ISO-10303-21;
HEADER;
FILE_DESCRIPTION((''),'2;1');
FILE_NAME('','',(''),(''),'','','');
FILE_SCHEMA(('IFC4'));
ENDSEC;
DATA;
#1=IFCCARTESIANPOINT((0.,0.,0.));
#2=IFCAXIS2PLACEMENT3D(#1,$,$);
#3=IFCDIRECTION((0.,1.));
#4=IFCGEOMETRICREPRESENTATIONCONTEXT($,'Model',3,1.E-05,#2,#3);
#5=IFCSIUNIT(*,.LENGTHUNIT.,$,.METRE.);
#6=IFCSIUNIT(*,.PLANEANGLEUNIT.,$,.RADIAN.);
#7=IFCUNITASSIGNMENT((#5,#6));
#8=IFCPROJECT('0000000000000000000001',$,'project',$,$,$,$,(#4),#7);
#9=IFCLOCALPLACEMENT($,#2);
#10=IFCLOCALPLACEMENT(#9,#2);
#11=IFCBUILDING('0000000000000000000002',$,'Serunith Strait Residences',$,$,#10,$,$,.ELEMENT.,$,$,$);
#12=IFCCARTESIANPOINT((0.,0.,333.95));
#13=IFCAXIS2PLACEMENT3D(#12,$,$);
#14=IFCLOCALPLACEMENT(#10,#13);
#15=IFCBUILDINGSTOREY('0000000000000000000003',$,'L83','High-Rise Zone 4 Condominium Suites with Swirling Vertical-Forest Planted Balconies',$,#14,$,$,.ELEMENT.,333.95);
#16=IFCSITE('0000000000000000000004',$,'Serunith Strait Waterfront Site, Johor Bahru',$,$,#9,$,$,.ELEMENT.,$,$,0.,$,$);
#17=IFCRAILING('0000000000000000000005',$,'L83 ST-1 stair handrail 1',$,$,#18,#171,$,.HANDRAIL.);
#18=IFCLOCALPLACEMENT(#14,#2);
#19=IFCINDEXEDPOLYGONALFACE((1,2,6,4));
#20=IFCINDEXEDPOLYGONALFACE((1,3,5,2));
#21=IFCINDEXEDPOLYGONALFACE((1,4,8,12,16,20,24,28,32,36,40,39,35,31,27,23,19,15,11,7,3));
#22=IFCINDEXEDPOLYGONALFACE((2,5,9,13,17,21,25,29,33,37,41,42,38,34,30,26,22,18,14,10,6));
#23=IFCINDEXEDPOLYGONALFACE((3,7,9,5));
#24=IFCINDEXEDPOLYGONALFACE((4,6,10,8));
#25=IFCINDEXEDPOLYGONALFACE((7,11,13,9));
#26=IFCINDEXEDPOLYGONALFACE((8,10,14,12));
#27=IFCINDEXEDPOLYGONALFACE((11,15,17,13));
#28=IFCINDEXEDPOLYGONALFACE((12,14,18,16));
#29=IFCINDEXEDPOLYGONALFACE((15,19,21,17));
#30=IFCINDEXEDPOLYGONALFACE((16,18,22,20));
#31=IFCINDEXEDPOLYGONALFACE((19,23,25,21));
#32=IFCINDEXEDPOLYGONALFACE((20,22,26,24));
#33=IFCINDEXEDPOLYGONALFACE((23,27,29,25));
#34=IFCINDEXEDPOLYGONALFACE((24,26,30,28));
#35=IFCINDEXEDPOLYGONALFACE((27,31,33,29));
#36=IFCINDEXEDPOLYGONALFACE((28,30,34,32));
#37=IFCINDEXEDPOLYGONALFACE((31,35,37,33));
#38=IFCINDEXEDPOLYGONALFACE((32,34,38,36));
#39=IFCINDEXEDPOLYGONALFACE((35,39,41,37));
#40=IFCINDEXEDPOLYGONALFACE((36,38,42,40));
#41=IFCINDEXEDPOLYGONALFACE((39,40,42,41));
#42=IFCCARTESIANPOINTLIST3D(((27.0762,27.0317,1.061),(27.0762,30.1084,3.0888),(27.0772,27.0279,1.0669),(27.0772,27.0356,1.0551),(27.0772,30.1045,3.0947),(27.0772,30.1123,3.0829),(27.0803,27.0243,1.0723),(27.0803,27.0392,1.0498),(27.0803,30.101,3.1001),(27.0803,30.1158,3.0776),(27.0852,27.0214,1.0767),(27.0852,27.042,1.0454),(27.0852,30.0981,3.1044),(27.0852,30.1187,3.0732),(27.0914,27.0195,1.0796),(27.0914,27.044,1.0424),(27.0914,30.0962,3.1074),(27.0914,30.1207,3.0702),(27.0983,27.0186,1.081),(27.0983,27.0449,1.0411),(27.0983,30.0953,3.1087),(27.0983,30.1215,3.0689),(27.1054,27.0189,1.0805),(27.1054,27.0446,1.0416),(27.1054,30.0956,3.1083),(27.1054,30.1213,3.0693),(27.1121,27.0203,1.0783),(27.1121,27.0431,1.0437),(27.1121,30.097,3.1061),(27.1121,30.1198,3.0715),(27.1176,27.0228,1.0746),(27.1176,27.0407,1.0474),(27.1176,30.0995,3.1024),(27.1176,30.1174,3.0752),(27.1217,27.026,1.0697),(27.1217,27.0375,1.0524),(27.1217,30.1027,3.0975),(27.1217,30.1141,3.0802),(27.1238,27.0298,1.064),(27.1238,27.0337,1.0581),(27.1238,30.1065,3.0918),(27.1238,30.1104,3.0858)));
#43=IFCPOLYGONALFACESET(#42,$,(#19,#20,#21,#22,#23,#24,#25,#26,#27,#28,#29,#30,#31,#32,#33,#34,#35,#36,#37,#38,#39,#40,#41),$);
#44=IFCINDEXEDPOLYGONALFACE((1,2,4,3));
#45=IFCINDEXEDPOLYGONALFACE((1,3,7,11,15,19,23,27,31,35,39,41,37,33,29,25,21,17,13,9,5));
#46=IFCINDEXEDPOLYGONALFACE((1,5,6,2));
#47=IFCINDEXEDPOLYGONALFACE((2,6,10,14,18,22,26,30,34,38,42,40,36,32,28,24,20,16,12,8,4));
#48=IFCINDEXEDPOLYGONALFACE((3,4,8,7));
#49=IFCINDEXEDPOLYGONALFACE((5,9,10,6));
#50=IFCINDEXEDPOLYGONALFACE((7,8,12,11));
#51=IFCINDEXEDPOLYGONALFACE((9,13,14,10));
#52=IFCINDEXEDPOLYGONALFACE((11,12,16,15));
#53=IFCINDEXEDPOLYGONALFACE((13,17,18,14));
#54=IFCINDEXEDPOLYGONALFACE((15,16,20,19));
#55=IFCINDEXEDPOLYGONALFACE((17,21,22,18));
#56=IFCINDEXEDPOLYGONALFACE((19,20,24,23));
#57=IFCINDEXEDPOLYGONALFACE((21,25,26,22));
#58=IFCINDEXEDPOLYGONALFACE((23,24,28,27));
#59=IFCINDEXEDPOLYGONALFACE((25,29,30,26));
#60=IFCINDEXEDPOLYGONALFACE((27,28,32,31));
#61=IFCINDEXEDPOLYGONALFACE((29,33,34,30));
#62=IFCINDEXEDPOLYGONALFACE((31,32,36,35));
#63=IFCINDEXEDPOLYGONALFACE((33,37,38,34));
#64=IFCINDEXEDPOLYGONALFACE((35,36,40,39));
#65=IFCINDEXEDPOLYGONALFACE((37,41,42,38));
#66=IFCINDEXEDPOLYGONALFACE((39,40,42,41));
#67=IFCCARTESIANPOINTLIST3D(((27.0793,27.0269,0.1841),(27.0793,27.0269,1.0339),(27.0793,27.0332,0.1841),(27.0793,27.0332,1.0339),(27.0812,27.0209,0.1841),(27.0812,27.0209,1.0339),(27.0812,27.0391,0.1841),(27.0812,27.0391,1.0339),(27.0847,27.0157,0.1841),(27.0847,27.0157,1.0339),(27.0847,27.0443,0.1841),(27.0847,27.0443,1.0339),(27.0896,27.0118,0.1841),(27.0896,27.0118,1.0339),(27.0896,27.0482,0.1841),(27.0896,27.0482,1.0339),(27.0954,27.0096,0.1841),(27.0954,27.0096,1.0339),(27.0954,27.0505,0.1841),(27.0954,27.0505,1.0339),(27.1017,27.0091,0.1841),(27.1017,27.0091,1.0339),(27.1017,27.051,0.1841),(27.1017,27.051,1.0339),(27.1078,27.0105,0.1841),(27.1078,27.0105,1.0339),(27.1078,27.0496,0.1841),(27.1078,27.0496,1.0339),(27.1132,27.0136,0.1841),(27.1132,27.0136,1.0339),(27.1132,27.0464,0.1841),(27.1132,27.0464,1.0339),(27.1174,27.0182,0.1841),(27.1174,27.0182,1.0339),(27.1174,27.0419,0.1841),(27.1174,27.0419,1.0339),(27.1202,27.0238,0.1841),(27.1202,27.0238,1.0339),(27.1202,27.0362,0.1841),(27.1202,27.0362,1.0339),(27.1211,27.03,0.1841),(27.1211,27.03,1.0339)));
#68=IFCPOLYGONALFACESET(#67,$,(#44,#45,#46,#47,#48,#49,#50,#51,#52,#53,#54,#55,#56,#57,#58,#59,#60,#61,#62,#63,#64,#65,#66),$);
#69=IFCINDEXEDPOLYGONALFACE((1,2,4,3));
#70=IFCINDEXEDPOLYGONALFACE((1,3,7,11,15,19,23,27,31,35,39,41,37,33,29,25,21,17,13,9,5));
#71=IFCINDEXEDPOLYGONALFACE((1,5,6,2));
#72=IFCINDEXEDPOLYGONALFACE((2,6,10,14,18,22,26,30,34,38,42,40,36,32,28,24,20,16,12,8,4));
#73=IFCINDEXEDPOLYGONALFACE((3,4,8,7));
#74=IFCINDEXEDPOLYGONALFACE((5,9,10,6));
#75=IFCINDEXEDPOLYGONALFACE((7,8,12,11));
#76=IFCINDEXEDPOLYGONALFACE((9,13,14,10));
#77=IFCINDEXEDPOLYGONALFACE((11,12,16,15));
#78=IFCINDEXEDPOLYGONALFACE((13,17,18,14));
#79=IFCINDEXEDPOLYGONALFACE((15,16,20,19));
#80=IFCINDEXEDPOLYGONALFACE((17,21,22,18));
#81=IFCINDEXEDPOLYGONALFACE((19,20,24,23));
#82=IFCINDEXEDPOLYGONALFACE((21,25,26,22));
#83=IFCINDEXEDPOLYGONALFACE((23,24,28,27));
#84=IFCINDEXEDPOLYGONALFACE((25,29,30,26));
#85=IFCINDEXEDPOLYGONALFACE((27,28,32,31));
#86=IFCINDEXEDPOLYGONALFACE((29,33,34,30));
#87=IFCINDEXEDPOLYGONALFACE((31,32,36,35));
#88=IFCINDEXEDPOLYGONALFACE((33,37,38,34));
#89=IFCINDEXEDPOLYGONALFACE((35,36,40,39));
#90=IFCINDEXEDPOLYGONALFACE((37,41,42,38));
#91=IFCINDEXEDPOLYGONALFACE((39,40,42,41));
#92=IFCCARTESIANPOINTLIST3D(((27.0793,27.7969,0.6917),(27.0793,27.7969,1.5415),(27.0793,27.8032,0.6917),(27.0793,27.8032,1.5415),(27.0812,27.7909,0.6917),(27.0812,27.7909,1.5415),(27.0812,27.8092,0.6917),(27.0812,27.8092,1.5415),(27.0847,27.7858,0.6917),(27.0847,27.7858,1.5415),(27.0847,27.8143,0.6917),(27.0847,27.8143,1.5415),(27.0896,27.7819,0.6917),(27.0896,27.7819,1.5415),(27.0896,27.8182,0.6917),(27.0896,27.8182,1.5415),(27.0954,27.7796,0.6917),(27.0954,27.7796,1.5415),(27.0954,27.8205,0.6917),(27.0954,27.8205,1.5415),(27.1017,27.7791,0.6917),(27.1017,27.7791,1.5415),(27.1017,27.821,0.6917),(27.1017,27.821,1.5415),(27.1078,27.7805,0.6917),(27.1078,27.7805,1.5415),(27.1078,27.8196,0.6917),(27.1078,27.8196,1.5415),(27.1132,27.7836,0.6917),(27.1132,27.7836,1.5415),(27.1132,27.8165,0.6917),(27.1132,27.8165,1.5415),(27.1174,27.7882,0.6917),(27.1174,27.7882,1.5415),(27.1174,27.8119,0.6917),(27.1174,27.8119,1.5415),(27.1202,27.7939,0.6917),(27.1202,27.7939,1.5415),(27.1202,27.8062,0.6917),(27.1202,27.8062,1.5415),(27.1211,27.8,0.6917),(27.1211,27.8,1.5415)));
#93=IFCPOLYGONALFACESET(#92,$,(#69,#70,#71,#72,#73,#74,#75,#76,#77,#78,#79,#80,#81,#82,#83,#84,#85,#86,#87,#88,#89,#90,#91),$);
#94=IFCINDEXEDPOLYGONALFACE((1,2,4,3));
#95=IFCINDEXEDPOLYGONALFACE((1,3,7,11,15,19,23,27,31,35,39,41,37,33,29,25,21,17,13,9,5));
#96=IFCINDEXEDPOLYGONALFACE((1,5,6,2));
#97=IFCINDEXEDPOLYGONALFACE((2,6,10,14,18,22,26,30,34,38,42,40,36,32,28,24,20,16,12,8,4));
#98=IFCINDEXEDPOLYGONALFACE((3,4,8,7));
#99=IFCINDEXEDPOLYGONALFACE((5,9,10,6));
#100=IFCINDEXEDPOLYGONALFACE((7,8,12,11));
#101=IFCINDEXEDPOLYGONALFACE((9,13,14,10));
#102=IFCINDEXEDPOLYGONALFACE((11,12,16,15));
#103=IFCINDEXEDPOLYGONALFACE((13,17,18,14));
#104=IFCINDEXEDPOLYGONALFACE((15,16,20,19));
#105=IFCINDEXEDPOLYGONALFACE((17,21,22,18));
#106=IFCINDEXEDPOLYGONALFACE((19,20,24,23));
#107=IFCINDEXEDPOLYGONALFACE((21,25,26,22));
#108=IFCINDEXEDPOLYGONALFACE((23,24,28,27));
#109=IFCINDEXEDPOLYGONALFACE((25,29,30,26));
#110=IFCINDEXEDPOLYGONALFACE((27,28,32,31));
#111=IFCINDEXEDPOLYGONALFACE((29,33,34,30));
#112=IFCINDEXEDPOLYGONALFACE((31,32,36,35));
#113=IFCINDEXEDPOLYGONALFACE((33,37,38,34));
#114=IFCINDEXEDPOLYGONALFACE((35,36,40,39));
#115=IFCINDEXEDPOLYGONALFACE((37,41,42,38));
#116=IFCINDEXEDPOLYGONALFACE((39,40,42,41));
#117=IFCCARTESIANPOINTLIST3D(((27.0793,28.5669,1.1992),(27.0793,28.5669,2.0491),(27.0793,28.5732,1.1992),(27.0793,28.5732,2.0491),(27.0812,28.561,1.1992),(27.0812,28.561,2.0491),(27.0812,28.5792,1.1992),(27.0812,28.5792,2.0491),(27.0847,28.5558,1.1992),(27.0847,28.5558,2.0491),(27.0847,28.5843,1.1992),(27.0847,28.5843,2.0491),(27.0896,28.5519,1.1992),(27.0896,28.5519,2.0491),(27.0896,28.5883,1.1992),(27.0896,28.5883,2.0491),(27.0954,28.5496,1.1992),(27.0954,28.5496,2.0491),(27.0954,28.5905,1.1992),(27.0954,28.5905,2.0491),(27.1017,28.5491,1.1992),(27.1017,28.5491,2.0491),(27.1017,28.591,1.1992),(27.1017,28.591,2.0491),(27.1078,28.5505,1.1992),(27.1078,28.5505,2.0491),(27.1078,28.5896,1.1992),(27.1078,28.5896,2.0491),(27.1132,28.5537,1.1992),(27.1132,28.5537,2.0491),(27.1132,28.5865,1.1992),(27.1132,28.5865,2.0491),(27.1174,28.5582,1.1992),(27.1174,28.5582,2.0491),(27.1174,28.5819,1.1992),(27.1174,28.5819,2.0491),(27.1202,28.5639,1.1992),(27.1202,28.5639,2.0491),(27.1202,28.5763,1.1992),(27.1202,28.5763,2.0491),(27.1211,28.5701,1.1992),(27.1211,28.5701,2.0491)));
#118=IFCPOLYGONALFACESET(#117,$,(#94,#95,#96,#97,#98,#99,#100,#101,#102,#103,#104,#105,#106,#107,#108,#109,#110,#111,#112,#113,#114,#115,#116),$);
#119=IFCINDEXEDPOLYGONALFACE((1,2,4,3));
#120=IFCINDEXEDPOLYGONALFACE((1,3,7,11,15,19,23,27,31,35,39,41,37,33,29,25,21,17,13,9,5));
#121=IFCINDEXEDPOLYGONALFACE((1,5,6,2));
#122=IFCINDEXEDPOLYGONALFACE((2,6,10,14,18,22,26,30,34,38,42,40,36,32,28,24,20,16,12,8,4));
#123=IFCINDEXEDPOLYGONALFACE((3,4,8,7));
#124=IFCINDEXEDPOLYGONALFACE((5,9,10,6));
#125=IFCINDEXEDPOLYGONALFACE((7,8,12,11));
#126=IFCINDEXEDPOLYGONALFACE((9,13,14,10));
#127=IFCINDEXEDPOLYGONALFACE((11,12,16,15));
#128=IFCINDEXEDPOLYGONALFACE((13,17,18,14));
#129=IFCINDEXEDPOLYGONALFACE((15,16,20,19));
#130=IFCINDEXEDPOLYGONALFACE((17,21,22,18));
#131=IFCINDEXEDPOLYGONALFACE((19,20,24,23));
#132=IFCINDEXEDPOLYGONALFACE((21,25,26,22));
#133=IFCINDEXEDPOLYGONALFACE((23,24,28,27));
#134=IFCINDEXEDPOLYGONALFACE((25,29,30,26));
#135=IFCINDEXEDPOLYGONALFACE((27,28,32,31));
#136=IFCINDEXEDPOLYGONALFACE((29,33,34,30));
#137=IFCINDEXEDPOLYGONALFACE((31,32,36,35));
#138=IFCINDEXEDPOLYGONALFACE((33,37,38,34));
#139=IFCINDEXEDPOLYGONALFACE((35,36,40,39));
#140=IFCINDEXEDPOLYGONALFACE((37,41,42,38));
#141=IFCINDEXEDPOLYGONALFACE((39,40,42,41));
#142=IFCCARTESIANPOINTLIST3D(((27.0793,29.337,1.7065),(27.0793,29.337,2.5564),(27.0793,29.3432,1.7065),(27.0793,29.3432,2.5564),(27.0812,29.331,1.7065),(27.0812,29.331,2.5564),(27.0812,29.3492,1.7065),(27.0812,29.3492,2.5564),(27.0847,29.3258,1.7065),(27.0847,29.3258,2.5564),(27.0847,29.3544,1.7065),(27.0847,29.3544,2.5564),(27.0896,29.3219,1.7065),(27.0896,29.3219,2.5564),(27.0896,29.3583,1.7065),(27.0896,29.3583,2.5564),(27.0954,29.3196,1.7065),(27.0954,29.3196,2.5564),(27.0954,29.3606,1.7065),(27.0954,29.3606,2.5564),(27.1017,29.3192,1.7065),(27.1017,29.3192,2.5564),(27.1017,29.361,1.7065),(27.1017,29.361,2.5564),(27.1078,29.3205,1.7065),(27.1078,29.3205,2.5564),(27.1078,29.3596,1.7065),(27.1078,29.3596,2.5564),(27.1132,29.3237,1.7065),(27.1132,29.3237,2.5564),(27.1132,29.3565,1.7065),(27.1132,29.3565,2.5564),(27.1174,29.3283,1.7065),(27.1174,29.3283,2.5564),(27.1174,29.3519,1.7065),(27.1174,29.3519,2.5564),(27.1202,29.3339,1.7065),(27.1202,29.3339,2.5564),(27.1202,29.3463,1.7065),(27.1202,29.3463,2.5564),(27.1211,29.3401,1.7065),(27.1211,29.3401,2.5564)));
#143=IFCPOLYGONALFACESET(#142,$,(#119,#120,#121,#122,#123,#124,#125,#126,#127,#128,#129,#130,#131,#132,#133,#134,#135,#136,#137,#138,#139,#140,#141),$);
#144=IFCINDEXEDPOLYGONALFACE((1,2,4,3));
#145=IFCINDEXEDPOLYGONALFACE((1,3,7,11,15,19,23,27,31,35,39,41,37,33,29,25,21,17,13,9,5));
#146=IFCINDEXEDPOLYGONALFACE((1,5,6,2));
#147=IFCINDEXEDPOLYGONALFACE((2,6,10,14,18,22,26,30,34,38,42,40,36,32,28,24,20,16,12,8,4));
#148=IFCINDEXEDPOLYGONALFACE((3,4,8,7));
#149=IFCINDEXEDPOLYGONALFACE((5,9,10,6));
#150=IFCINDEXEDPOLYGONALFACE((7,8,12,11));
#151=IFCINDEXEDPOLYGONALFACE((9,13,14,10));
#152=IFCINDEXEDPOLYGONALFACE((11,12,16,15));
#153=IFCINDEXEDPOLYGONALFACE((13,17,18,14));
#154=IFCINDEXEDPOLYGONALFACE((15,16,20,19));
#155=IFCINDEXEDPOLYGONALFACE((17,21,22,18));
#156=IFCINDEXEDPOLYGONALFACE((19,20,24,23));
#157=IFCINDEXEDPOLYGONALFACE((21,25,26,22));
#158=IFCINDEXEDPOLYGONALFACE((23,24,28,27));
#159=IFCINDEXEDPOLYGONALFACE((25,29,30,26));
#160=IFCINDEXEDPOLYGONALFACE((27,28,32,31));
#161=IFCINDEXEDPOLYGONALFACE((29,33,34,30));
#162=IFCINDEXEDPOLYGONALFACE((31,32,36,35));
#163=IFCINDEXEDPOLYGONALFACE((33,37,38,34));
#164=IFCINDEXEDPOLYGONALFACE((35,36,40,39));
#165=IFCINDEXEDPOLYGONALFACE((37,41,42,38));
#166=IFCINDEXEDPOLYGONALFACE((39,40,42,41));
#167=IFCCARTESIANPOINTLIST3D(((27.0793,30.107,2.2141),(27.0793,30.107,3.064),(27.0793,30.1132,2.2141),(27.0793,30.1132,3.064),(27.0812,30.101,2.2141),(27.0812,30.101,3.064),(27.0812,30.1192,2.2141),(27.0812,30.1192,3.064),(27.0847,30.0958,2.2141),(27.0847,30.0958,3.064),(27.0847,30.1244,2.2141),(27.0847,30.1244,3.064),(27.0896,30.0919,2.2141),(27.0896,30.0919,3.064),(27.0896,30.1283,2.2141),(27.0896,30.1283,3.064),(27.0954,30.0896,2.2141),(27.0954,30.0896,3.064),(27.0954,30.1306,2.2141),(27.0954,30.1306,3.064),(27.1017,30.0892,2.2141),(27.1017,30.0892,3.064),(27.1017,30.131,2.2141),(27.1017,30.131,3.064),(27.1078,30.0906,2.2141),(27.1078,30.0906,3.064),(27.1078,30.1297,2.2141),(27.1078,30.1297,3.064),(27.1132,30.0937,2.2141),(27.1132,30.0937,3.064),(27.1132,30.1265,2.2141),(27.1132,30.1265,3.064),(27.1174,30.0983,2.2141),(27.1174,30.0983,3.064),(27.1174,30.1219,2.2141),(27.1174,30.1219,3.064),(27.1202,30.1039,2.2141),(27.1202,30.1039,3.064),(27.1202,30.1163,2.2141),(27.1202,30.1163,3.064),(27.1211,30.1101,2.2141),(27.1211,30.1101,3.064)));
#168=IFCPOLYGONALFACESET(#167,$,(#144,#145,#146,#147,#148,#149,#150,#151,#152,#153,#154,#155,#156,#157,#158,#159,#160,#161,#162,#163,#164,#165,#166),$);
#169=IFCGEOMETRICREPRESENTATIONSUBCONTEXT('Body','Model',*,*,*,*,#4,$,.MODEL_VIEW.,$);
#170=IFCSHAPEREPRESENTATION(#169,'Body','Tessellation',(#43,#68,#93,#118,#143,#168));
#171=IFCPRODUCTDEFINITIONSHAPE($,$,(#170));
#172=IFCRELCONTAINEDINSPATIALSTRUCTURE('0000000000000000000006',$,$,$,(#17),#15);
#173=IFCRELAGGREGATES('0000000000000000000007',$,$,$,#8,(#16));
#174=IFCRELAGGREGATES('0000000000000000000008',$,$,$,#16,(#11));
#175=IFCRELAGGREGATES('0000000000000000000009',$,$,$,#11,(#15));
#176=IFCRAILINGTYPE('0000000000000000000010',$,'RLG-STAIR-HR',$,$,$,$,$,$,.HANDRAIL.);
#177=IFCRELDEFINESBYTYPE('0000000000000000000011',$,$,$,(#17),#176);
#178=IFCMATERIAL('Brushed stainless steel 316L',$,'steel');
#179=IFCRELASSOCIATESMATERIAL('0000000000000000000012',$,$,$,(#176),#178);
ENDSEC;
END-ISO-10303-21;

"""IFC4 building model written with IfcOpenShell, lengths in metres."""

from ifc_helpers import new_model, si_unit, direction, frame, origin, origin_2d, place, context, subcontext, project, spatial, circle, extrude, material, type_object, element, save


model = new_model("IFC4")

# Units and contexts
model_context = context("Model", 3, precision=1e-05, world=origin(), true_north=direction((0.0, 1.0)))
body_context = subcontext(model_context, "Body", "Model", "MODEL_VIEW")
ifc_project = project(units=[si_unit("LENGTHUNIT", "METRE"), si_unit("PLANEANGLEUNIT", "RADIAN")], contexts=[model_context])

# Site, building, storey
site_placement = place(None, origin())
site = spatial("IfcSite", under=ifc_project, at=site_placement, Name="Serunith Strait Waterfront Site, Johor Bahru", CompositionType="ELEMENT", RefElevation=0.0)
building_placement = place(site_placement, origin())
building = spatial("IfcBuilding", under=site, at=building_placement, Name="Serunith Strait Residences", CompositionType="ELEMENT")
storey_placement = place(building_placement, frame((0.0, 0.0, 333.95)))
storey = spatial("IfcBuildingStorey", under=building, at=storey_placement, Name="L83", Description="High-Rise Zone 4 Condominium Suites with Swirling Vertical-Forest Planted Balconies", CompositionType="ELEMENT", Elevation=333.95)

# Railing
ifc_material_1 = material(Name="Brushed stainless steel 316L", Category="steel")
railing_type_1 = type_object("IfcRailingType", Name="RLG-STAIR-HR", PredefinedType="HANDRAIL", material=ifc_material_1)
railing_1_placement = place(storey_placement, frame((27.1001, 27.03, 0.1841)))
element("IfcRailing", 1, at=railing_1_placement, inside=storey, type_object=railing_type_1, Name="L83 ST-1 stair handrail 1", PredefinedType="HANDRAIL", context=body_context, shape_type="SweptSolid", body=[
    extrude(circle(Radius=0.0239, at=origin_2d()), frame((0.0, 0.0017, 0.877), z_axis=(0.0, 0.834961, 0.550309), x_axis=(-1.0, 0.0, 0.0)), (0.0, 0.0, 1.0), 3.6848),
    extrude(circle(Radius=0.021, at=origin_2d()), origin(), (0.0, 0.0, 1.0), 0.8499),
    extrude(circle(Radius=0.021, at=origin_2d()), frame((0.0, 0.77, 0.5076)), (0.0, 0.0, 1.0), 0.8499),
    extrude(circle(Radius=0.021, at=origin_2d()), frame((0.0, 1.54, 1.0151)), (0.0, 0.0, 1.0), 0.8499),
    extrude(circle(Radius=0.021, at=origin_2d()), frame((0.0, 2.3101, 1.5225)), (0.0, 0.0, 1.0), 0.8499),
    extrude(circle(Radius=0.021, at=origin_2d()), frame((0.0, 3.0801, 2.03)), (0.0, 0.0, 1.0), 0.8499),
])

save(model, "model.ifc")
